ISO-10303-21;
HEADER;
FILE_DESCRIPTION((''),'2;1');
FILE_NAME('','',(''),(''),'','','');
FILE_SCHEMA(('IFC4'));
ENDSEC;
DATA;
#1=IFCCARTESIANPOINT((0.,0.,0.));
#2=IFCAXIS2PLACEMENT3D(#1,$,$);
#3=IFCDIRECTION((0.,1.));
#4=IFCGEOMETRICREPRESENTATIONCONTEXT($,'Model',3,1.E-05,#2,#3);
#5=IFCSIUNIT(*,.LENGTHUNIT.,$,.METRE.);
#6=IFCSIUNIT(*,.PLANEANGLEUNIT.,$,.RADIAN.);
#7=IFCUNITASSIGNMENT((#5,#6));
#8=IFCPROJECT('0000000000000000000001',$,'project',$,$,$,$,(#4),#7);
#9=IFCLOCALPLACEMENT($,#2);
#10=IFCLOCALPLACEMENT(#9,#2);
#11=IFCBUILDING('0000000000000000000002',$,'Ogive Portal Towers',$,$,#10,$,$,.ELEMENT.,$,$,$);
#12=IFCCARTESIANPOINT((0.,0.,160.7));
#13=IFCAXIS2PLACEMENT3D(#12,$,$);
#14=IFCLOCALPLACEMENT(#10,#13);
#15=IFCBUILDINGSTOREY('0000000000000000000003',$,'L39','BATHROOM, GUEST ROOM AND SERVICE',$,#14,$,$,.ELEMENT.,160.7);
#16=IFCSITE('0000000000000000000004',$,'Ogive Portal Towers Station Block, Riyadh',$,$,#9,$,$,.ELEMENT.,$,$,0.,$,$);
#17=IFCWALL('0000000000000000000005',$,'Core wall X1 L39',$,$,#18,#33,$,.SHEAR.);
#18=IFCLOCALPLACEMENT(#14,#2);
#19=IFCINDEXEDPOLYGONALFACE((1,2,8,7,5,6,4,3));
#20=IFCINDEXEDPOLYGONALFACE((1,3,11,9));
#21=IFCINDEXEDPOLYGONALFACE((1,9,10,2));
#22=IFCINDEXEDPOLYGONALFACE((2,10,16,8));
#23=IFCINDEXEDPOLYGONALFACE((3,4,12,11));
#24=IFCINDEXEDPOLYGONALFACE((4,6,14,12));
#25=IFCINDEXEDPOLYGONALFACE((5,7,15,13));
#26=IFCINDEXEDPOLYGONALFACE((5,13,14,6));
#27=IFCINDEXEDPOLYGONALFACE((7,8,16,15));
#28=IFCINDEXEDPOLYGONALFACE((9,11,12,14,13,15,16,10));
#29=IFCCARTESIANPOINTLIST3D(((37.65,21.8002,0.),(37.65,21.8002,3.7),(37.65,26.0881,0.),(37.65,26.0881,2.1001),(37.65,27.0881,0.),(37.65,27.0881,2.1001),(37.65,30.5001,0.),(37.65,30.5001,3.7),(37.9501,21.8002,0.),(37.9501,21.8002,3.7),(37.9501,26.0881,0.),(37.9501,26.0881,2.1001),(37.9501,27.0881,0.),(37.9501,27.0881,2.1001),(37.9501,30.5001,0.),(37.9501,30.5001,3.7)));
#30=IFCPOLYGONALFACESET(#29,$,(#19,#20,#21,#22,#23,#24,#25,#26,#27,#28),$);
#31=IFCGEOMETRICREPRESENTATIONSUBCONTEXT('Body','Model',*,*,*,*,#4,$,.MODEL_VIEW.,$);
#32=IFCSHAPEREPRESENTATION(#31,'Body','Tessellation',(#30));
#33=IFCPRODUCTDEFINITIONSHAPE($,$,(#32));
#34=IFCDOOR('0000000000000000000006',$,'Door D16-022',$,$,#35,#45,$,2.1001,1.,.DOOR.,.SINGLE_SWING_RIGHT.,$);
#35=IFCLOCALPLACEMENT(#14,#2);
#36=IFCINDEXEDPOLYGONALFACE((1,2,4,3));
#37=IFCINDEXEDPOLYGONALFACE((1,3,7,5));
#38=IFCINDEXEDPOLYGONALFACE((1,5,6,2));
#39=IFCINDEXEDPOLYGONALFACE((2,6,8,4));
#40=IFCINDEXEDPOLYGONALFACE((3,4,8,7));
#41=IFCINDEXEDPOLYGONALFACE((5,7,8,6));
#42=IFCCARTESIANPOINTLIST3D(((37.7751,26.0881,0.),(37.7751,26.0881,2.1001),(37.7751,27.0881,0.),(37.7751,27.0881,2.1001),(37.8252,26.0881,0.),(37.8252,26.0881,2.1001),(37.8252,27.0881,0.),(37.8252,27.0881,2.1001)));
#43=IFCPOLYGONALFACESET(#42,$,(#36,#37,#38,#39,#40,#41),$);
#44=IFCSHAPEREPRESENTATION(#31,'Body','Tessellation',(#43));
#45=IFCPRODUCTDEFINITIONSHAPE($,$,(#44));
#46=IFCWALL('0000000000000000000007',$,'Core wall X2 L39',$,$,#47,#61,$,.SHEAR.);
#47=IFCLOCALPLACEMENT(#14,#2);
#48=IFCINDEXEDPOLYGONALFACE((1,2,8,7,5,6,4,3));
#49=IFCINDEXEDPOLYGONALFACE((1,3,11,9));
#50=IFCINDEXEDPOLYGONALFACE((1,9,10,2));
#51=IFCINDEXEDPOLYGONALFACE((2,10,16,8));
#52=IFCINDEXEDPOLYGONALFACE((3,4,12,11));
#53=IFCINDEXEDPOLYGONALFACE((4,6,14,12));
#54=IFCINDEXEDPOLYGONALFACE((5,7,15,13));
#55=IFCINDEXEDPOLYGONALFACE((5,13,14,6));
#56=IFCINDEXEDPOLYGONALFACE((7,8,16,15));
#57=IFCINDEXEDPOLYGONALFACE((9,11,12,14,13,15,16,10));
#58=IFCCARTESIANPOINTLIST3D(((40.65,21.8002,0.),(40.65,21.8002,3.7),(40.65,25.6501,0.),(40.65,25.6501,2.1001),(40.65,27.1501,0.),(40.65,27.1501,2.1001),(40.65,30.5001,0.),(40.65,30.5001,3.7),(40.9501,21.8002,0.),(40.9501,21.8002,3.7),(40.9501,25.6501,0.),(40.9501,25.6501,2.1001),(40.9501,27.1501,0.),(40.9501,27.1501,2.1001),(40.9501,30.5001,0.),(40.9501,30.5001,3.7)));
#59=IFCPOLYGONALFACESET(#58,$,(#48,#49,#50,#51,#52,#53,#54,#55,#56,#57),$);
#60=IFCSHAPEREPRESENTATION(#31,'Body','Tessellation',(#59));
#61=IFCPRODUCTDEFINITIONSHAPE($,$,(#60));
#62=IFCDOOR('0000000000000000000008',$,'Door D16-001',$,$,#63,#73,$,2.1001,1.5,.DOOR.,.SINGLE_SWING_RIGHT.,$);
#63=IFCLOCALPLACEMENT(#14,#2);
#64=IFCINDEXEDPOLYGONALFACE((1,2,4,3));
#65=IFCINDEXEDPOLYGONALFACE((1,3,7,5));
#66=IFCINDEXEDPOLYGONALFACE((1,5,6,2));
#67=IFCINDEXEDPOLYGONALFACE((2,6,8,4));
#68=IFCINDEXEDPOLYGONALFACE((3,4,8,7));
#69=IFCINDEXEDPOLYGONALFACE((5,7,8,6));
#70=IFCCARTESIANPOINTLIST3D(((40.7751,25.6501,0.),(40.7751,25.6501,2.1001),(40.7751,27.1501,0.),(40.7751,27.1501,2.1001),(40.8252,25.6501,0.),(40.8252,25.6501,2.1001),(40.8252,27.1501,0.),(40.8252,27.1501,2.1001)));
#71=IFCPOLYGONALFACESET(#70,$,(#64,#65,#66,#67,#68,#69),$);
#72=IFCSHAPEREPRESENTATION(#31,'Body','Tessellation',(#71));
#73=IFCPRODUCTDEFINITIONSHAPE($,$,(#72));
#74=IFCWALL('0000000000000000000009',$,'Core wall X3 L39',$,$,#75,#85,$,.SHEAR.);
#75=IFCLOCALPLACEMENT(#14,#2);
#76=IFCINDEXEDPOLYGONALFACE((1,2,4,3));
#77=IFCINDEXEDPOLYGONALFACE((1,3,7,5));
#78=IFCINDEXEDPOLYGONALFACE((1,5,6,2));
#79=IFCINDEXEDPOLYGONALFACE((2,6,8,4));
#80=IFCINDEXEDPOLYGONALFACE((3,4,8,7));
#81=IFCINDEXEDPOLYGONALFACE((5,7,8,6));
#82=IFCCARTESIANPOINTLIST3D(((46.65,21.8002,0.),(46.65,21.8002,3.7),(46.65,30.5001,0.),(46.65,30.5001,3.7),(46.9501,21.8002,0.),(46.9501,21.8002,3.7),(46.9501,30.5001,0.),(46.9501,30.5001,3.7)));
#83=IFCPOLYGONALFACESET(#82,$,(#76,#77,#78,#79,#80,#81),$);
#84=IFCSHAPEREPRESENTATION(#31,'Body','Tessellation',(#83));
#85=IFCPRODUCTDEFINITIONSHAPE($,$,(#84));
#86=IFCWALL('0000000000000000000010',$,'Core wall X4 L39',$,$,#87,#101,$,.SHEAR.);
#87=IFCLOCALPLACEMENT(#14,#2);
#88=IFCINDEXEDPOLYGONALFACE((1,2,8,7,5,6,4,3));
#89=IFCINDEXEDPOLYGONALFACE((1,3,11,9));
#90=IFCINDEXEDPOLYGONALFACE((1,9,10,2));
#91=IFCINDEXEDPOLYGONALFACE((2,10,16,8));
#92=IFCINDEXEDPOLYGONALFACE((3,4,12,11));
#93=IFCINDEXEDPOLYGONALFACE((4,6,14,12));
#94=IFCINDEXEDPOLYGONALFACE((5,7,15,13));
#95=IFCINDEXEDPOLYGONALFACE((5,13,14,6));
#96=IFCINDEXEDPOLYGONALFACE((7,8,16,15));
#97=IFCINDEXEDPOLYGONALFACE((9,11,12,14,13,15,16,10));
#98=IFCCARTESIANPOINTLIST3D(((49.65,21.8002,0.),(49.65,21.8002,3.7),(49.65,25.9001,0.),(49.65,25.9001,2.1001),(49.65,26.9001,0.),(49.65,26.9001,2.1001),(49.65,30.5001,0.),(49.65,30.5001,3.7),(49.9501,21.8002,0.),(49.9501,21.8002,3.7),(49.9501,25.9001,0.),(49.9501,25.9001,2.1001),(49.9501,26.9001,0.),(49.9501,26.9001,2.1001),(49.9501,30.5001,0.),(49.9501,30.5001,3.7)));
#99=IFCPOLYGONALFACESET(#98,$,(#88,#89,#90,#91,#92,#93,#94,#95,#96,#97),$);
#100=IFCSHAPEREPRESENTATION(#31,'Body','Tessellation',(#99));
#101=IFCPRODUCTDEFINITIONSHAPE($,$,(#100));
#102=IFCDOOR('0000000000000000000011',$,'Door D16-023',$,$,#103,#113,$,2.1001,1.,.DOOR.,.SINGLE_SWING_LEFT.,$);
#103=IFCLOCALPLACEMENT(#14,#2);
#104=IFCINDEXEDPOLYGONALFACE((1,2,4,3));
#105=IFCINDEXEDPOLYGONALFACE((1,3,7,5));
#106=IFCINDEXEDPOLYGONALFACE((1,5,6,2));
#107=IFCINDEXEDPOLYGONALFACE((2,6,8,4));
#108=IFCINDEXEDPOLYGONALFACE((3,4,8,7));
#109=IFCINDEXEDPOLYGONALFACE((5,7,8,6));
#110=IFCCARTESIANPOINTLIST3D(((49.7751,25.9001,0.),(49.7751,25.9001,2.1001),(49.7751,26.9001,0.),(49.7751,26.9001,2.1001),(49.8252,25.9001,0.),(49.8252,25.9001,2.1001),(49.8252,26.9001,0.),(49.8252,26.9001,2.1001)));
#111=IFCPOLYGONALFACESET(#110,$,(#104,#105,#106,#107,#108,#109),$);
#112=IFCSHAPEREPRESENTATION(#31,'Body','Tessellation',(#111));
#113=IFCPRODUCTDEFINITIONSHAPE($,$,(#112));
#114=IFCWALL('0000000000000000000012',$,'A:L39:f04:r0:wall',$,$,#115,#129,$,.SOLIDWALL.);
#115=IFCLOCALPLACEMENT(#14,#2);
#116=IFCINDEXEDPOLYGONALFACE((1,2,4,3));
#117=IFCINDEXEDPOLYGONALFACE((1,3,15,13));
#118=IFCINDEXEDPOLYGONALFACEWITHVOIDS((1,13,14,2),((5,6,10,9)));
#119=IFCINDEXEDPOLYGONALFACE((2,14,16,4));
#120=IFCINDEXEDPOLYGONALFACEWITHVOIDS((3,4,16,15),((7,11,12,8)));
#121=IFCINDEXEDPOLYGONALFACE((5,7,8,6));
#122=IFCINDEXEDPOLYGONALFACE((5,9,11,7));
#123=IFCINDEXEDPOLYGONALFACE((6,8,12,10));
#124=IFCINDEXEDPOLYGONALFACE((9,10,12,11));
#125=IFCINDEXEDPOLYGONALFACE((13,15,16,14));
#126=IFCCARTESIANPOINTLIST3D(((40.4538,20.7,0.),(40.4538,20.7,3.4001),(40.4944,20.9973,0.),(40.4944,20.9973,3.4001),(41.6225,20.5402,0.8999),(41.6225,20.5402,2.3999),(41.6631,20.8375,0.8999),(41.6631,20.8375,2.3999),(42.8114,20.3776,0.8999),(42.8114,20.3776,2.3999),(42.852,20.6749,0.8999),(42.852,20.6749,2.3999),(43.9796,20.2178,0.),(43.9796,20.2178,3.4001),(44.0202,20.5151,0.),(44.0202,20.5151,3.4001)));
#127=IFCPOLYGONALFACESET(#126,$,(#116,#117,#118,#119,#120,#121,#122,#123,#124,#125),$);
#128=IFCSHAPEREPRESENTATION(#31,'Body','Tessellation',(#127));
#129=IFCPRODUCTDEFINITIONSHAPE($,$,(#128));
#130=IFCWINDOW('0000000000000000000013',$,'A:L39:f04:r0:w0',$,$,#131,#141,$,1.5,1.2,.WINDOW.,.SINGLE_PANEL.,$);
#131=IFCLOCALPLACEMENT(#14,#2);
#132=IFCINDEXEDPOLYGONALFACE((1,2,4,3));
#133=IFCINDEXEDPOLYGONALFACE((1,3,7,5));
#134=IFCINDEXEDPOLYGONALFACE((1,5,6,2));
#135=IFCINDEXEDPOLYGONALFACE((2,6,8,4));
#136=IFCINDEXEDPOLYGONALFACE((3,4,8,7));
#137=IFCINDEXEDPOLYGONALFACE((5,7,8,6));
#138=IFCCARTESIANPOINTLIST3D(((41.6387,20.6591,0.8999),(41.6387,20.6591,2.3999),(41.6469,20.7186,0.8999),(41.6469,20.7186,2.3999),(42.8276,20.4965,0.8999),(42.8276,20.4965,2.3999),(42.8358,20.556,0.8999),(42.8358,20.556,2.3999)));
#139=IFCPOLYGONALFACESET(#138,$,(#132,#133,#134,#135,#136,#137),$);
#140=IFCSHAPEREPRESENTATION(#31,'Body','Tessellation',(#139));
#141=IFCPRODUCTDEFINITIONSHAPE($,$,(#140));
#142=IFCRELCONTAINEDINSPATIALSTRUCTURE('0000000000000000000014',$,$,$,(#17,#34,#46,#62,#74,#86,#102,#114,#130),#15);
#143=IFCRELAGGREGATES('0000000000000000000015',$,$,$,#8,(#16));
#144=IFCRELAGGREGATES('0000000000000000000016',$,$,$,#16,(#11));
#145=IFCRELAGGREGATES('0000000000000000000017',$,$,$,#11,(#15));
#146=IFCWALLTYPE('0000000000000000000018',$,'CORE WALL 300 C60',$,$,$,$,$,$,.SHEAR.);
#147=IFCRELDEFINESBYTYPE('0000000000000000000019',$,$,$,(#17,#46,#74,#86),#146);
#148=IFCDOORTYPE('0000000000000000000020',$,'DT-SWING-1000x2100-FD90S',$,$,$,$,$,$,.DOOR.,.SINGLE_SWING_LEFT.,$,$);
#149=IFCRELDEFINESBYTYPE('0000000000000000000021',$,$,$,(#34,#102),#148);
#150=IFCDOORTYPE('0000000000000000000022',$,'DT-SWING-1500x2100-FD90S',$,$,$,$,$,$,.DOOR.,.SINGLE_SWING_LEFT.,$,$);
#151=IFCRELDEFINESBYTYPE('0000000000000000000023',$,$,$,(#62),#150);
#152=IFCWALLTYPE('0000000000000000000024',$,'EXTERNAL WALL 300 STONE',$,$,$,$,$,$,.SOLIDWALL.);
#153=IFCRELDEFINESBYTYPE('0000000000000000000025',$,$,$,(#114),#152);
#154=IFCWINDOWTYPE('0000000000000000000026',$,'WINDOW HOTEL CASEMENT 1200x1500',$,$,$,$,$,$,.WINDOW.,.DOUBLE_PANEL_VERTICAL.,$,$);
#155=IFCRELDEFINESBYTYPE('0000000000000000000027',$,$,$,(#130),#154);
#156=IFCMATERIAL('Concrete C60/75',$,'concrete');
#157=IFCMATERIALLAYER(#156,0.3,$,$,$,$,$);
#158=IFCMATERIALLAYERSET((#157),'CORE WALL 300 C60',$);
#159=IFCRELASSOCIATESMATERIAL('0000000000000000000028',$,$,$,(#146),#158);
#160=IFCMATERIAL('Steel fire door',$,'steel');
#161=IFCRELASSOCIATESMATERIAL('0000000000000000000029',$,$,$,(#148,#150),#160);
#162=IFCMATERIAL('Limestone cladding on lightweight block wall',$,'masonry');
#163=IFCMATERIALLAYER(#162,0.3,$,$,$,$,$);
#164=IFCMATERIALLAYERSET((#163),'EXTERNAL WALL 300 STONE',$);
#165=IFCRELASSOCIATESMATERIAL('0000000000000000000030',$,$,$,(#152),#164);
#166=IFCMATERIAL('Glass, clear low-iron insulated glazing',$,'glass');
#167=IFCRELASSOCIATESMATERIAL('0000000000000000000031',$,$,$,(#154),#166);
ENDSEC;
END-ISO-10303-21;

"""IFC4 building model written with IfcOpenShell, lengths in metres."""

from ifc_helpers import new_model, si_unit, direction, frame, frame_2d, origin, place, context, subcontext, project, spatial, rectangle, extrude, material, layer, layer_set, type_object, element, fill, save


model = new_model("IFC4")

# Units and contexts
model_context = context("Model", 3, precision=1e-05, world=origin(), true_north=direction((0.0, 1.0)))
body_context = subcontext(model_context, "Body", "Model", "MODEL_VIEW")
ifc_project = project(units=[si_unit("LENGTHUNIT", "METRE"), si_unit("PLANEANGLEUNIT", "RADIAN")], contexts=[model_context])

# Site, building, storey
site_placement = place(None, origin())
site = spatial("IfcSite", under=ifc_project, at=site_placement, Name="Ogive Portal Towers Station Block, Riyadh", CompositionType="ELEMENT", RefElevation=0.0)
building_placement = place(site_placement, origin())
building = spatial("IfcBuilding", under=site, at=building_placement, Name="Ogive Portal Towers", CompositionType="ELEMENT")
storey_placement = place(building_placement, frame((0.0, 0.0, 160.7)))
storey = spatial("IfcBuildingStorey", under=building, at=storey_placement, Name="L39", Description="BATHROOM, GUEST ROOM AND SERVICE", CompositionType="ELEMENT", Elevation=160.7)

# Walls, openings, doors
ifc_material_1 = material(Name="Concrete C60/75", Category="concrete")
ifc_layer_1 = layer(ifc_material_1, 0.3)
ifc_layer_set_1 = layer_set([ifc_layer_1], Name="CORE WALL 300 C60")
wall_type_1 = type_object("IfcWallType", Name="CORE WALL 300 C60", PredefinedType="SHEAR", material=ifc_layer_set_1)
wall_1_placement = place(storey_placement, frame((37.8, 21.8, 0.0), z_axis=(0.0, 0.0, 1.0), x_axis=(0.0, 1.0, 0.0)))
wall_1 = element("IfcWall", 1, at=wall_1_placement, inside=storey, type_object=wall_type_1, Name="Core wall X1 L39", PredefinedType="SHEAR", context=body_context, shape_type="SweptSolid", body=[
    extrude(rectangle(XDim=8.7, YDim=0.3, at=frame_2d((4.3501, 0.0))), origin(), (0.0, 0.0, 1.0), 3.7),
])
opening_1_placement = place(wall_1_placement, frame((4.2881, 0.0, 0.0)))
opening_1 = element("IfcOpeningElement", 2, at=opening_1_placement, cuts=wall_1, PredefinedType="OPENING", context=body_context, shape_type="SweptSolid", body=[
    extrude(rectangle(XDim=1.0, YDim=2.1001, at=frame_2d((0.5, 1.05))), frame((0.0, 0.1602, 0.0), z_axis=(0.0, -1.0, 0.0), x_axis=(1.0, 0.0, 0.0)), (0.0, 0.0, 1.0), 0.3201),
])
ifc_material_2 = material(Name="Steel fire door", Category="steel")
door_type_1 = type_object("IfcDoorType", Name="DT-SWING-1000x2100-FD90S", OperationType="SINGLE_SWING_LEFT", PredefinedType="DOOR", material=ifc_material_2)
door_1_placement = place(opening_1_placement, origin())
door_1 = element("IfcDoor", 3, at=door_1_placement, inside=storey, type_object=door_type_1, Name="Door D16-022", OperationType="SINGLE_SWING_RIGHT", OverallHeight=2.1001, OverallWidth=1.0, PredefinedType="DOOR", context=body_context, shape_type="SweptSolid", body=[
    extrude(rectangle(XDim=1.0, YDim=2.1001, at=frame_2d((0.5, 1.05))), frame((0.0, 0.0249, 0.0), z_axis=(0.0, -1.0, 0.0), x_axis=(1.0, 0.0, 0.0)), (0.0, 0.0, 1.0), 0.05),
])
fill(opening_1, door_1)
wall_2_placement = place(storey_placement, frame((40.8, 21.8, 0.0), z_axis=(0.0, 0.0, 1.0), x_axis=(0.0, 1.0, 0.0)))
wall_2 = element("IfcWall", 4, at=wall_2_placement, inside=storey, type_object=wall_type_1, Name="Core wall X2 L39", PredefinedType="SHEAR", context=body_context, shape_type="SweptSolid", body=[
    extrude(rectangle(XDim=8.7, YDim=0.3, at=frame_2d((4.3501, 0.0))), origin(), (0.0, 0.0, 1.0), 3.7),
])
opening_2_placement = place(wall_2_placement, frame((3.8501, 0.0, 0.0)))
opening_2 = element("IfcOpeningElement", 5, at=opening_2_placement, cuts=wall_2, PredefinedType="OPENING", context=body_context, shape_type="SweptSolid", body=[
    extrude(rectangle(XDim=1.5, YDim=2.1001, at=frame_2d((0.75, 1.05))), frame((0.0, 0.1602, 0.0), z_axis=(0.0, -1.0, 0.0), x_axis=(1.0, 0.0, 0.0)), (0.0, 0.0, 1.0), 0.3201),
])
door_type_2 = type_object("IfcDoorType", Name="DT-SWING-1500x2100-FD90S", OperationType="SINGLE_SWING_LEFT", PredefinedType="DOOR", material=ifc_material_2)
door_2_placement = place(opening_2_placement, origin())
door_2 = element("IfcDoor", 6, at=door_2_placement, inside=storey, type_object=door_type_2, Name="Door D16-001", OperationType="SINGLE_SWING_RIGHT", OverallHeight=2.1001, OverallWidth=1.5, PredefinedType="DOOR", context=body_context, shape_type="SweptSolid", body=[
    extrude(rectangle(XDim=1.5, YDim=2.1001, at=frame_2d((0.75, 1.05))), frame((0.0, 0.0249, 0.0), z_axis=(0.0, -1.0, 0.0), x_axis=(1.0, 0.0, 0.0)), (0.0, 0.0, 1.0), 0.05),
])
fill(opening_2, door_2)

# Wall
wall_3_placement = place(storey_placement, frame((46.8, 21.8, 0.0), z_axis=(0.0, 0.0, 1.0), x_axis=(0.0, 1.0, 0.0)))
element("IfcWall", 7, at=wall_3_placement, inside=storey, type_object=wall_type_1, Name="Core wall X3 L39", PredefinedType="SHEAR", context=body_context, shape_type="SweptSolid", body=[
    extrude(rectangle(XDim=8.7, YDim=0.3, at=frame_2d((4.3501, 0.0))), origin(), (0.0, 0.0, 1.0), 3.7),
])

# Wall, opening, door
wall_4_placement = place(storey_placement, frame((49.8, 21.8, 0.0), z_axis=(0.0, 0.0, 1.0), x_axis=(0.0, 1.0, 0.0)))
wall_4 = element("IfcWall", 8, at=wall_4_placement, inside=storey, type_object=wall_type_1, Name="Core wall X4 L39", PredefinedType="SHEAR", context=body_context, shape_type="SweptSolid", body=[
    extrude(rectangle(XDim=8.7, YDim=0.3, at=frame_2d((4.3501, 0.0))), origin(), (0.0, 0.0, 1.0), 3.7),
])
opening_3_placement = place(wall_4_placement, frame((4.1001, 0.0, 0.0)))
opening_3 = element("IfcOpeningElement", 9, at=opening_3_placement, cuts=wall_4, PredefinedType="OPENING", context=body_context, shape_type="SweptSolid", body=[
    extrude(rectangle(XDim=1.0, YDim=2.1001, at=frame_2d((0.5, 1.05))), frame((0.0, 0.1602, 0.0), z_axis=(0.0, -1.0, 0.0), x_axis=(1.0, 0.0, 0.0)), (0.0, 0.0, 1.0), 0.3201),
])
door_3_placement = place(opening_3_placement, origin())
door_3 = element("IfcDoor", 10, at=door_3_placement, inside=storey, type_object=door_type_1, Name="Door D16-023", OperationType="SINGLE_SWING_LEFT", OverallHeight=2.1001, OverallWidth=1.0, PredefinedType="DOOR", context=body_context, shape_type="SweptSolid", body=[
    extrude(rectangle(XDim=1.0, YDim=2.1001, at=frame_2d((0.5, 1.05))), frame((0.0, 0.0249, 0.0), z_axis=(0.0, -1.0, 0.0), x_axis=(1.0, 0.0, 0.0)), (0.0, 0.0, 1.0), 0.05),
])
fill(opening_3, door_3)

# Wall, opening, window
ifc_material_3 = material(Name="Limestone cladding on lightweight block wall", Category="masonry")
ifc_layer_2 = layer(ifc_material_3, 0.3)
ifc_layer_set_2 = layer_set([ifc_layer_2], Name="EXTERNAL WALL 300 STONE")
wall_type_2 = type_object("IfcWallType", Name="EXTERNAL WALL 300 STONE", PredefinedType="SOLIDWALL", material=ifc_layer_set_2)
wall_5_placement = place(storey_placement, frame((40.4741, 20.8486, 0.0), z_axis=(0.0, 0.0, 1.0), x_axis=(0.990778, -0.135493, 0.0)))
wall_5 = element("IfcWall", 11, at=wall_5_placement, inside=storey, type_object=wall_type_2, Name="A:L39:f04:r0:wall", PredefinedType="SOLIDWALL", context=body_context, shape_type="SweptSolid", body=[
    extrude(rectangle(XDim=3.5586, YDim=0.3, at=frame_2d((1.7793, 0.0))), origin(), (0.0, 0.0, 1.0), 3.4001),
])
opening_4_placement = place(wall_5_placement, frame((1.1794, 0.0, 0.8999)))
opening_4 = element("IfcOpeningElement", 12, at=opening_4_placement, cuts=wall_5, PredefinedType="OPENING", context=body_context, shape_type="SweptSolid", body=[
    extrude(rectangle(XDim=1.2, YDim=1.5, at=frame_2d((0.6001, 0.75))), frame((0.0, 0.1602, 0.0), z_axis=(0.0, -1.0, 0.0), x_axis=(1.0, 0.0, 0.0)), (0.0, 0.0, 1.0), 0.3201),
])
ifc_material_4 = material(Name="Glass, clear low-iron insulated glazing", Category="glass")
window_type_1 = type_object("IfcWindowType", Name="WINDOW HOTEL CASEMENT 1200x1500", PartitioningType="DOUBLE_PANEL_VERTICAL", PredefinedType="WINDOW", material=ifc_material_4)
window_1_placement = place(opening_4_placement, origin())
window_1 = element("IfcWindow", 13, at=window_1_placement, inside=storey, type_object=window_type_1, Name="A:L39:f04:r0:w0", OverallHeight=1.5, OverallWidth=1.2, PartitioningType="SINGLE_PANEL", PredefinedType="WINDOW", context=body_context, shape_type="SweptSolid", body=[
    extrude(rectangle(XDim=1.2, YDim=1.5, at=frame_2d((0.6001, 0.75))), frame((0.0, 0.03, 0.0), z_axis=(0.0, -1.0, 0.0), x_axis=(1.0, 0.0, 0.0)), (0.0, 0.0, 1.0), 0.0601),
])
fill(opening_4, window_1)

save(model, "model.ifc")
